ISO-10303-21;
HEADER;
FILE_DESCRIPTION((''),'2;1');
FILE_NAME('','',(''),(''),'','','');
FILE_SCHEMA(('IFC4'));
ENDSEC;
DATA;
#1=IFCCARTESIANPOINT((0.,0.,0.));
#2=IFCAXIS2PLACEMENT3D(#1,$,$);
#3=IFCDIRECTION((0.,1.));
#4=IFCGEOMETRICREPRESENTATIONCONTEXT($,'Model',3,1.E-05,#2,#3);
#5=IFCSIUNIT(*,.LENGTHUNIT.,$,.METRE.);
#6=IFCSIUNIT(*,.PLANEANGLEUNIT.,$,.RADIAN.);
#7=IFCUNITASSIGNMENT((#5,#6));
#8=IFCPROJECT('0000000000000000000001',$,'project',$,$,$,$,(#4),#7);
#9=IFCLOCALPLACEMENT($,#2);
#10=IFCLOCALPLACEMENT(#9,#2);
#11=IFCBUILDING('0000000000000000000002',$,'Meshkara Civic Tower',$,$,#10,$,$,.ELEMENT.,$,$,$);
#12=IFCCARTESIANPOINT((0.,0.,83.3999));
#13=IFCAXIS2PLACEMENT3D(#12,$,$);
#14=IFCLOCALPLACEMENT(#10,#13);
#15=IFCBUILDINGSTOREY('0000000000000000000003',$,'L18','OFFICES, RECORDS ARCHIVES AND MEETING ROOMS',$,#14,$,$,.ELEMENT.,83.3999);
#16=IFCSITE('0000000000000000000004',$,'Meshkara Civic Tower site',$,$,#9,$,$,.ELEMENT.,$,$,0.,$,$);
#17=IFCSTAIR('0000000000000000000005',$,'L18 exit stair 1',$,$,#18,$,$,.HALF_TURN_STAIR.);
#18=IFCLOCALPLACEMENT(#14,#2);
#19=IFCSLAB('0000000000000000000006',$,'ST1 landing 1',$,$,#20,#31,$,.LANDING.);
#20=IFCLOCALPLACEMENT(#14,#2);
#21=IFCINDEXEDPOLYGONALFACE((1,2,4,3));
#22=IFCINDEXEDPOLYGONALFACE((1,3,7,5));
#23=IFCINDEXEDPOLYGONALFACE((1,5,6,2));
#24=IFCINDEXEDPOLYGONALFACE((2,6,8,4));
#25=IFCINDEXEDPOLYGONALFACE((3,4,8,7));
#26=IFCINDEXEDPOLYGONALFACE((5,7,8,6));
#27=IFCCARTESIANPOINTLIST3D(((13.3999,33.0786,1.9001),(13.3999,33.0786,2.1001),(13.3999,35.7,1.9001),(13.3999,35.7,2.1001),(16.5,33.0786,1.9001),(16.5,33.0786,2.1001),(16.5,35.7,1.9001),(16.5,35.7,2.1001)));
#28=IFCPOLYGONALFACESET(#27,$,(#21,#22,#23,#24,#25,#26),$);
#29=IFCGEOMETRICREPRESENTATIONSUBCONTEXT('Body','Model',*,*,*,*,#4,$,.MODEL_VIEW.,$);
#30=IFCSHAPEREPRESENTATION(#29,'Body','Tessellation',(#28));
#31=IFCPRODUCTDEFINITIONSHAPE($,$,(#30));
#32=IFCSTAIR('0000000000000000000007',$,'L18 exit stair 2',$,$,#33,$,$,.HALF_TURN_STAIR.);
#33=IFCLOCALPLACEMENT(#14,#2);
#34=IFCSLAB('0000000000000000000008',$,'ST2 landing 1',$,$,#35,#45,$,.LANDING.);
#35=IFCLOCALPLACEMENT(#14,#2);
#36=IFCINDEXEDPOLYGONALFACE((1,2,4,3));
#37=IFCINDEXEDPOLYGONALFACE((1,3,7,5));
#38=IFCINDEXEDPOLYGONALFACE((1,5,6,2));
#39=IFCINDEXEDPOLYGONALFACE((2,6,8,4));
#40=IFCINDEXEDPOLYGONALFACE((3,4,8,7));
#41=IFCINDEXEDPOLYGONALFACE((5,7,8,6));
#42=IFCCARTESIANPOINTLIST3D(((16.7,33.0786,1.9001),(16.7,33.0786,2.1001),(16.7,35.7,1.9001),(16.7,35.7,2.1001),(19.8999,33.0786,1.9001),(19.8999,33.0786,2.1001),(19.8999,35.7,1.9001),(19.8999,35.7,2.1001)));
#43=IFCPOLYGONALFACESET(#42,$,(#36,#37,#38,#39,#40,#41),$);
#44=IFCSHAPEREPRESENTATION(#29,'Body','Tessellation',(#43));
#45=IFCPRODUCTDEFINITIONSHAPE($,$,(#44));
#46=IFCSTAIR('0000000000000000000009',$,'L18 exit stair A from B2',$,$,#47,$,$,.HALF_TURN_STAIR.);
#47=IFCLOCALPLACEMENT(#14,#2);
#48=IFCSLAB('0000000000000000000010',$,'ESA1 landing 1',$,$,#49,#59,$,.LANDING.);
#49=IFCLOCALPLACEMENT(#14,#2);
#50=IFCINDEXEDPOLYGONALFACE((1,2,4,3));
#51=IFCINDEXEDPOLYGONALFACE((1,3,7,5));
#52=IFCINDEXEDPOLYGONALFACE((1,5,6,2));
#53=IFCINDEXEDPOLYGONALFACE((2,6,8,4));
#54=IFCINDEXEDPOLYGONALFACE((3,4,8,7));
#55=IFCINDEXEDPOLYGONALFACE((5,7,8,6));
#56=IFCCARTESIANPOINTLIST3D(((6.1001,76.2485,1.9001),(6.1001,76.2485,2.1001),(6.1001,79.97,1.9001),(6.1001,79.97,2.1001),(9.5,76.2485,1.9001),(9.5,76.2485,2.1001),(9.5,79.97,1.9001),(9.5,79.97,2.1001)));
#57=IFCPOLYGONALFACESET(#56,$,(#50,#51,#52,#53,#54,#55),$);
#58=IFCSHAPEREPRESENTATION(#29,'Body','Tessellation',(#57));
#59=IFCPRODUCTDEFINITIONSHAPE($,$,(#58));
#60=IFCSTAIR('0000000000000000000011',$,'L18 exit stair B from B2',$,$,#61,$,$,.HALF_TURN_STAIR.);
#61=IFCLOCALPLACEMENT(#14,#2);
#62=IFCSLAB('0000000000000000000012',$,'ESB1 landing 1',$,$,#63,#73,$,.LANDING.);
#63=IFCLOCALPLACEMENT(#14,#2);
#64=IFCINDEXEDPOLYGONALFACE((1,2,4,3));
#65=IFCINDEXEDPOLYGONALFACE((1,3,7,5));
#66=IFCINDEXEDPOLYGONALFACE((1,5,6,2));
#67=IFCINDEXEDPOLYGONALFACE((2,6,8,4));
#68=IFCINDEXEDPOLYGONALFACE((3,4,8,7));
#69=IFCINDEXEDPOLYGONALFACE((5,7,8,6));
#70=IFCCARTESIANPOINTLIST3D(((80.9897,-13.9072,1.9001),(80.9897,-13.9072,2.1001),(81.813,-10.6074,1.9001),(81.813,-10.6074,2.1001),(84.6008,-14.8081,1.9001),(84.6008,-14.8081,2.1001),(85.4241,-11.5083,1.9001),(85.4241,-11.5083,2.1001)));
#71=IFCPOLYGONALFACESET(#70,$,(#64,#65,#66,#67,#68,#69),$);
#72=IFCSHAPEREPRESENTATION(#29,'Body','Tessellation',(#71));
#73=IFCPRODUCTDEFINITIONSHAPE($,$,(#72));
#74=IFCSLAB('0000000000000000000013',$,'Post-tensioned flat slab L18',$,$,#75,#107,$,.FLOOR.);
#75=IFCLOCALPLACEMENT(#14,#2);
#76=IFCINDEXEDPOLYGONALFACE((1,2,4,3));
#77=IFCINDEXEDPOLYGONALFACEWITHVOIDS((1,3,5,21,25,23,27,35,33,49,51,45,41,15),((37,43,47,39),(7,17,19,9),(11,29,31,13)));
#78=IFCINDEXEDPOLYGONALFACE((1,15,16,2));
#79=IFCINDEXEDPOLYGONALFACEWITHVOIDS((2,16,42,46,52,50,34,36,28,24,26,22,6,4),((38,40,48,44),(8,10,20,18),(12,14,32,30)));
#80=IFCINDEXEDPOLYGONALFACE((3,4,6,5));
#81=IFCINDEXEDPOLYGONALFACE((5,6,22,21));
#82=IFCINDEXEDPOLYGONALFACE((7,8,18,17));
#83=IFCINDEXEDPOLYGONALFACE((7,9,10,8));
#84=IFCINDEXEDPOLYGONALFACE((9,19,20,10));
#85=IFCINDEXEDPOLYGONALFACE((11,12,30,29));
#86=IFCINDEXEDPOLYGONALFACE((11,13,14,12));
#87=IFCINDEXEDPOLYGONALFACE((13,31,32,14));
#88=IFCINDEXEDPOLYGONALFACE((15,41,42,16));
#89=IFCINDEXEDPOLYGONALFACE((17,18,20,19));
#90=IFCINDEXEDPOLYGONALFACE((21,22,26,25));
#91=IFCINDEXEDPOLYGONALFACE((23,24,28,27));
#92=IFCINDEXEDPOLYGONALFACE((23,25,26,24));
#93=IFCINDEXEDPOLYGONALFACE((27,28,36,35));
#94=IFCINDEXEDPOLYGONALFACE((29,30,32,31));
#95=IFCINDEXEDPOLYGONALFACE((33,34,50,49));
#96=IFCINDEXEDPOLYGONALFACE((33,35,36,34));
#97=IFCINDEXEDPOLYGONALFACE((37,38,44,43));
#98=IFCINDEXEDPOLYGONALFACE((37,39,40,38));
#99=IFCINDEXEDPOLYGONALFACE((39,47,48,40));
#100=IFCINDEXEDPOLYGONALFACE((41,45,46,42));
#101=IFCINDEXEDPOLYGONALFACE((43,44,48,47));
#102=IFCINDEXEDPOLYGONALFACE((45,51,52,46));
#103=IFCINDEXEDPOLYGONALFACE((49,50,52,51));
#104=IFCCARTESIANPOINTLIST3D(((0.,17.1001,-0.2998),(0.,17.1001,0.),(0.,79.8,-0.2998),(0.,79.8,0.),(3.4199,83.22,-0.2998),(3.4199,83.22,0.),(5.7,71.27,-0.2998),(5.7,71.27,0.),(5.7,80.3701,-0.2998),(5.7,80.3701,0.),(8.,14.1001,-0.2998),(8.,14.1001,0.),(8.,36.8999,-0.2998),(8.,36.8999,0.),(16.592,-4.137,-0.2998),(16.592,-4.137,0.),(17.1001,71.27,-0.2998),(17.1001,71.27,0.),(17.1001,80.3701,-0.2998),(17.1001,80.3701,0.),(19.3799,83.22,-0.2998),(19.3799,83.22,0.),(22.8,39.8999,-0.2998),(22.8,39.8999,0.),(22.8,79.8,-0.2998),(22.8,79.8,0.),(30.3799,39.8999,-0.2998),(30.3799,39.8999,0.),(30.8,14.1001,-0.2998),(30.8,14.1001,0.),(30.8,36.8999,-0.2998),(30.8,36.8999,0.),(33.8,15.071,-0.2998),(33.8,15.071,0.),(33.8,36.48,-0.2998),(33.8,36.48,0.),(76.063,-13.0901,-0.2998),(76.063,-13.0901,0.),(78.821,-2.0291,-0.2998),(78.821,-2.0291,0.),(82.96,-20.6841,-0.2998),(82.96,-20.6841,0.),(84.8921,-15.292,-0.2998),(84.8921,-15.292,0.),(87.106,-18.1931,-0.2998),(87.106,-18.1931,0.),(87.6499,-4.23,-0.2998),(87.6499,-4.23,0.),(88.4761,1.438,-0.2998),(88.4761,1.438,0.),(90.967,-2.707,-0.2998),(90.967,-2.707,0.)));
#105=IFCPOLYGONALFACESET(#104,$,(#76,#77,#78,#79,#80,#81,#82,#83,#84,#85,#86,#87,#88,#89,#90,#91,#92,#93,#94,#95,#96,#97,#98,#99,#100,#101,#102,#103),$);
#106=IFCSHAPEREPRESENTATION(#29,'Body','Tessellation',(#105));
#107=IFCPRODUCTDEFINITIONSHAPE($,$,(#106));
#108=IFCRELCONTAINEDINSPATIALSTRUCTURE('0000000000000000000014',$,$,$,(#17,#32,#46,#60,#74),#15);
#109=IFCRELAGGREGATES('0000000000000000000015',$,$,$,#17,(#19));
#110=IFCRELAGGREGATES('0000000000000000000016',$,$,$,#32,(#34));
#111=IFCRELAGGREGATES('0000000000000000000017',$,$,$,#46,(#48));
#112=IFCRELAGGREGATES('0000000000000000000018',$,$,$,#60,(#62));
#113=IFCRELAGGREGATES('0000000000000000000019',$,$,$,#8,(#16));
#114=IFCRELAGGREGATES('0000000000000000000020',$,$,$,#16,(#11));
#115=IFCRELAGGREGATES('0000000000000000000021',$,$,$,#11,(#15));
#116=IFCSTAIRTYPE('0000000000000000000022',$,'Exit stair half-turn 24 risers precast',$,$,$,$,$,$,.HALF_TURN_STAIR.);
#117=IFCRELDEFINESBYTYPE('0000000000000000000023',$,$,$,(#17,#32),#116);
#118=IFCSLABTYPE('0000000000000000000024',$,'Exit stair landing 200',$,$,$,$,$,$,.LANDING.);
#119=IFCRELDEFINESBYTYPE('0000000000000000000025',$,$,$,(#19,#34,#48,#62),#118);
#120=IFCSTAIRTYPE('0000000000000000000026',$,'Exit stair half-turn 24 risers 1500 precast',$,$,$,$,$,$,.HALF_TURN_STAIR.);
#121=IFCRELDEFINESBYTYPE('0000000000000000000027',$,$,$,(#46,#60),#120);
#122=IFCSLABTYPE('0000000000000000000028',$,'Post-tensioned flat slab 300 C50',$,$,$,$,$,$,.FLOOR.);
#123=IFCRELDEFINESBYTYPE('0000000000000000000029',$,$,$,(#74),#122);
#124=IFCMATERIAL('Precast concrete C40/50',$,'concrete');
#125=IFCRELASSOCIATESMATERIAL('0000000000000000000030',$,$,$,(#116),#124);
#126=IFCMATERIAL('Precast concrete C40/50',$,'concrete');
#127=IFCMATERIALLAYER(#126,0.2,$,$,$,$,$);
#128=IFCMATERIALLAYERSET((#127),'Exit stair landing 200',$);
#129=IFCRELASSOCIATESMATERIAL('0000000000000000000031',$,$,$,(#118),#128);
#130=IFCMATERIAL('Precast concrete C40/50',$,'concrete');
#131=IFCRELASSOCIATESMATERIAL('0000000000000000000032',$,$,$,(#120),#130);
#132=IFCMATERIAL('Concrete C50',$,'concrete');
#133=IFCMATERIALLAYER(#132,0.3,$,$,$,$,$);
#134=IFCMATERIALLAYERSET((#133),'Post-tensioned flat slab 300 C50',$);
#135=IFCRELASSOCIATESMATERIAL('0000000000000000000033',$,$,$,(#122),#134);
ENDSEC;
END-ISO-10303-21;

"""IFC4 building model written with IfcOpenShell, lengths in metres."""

from ifc_helpers import new_model, si_unit, direction, frame, origin, place, context, subcontext, project, spatial, polyline, outline, extrude, material, layer, layer_set, type_object, element, aggregate, save


model = new_model("IFC4")

# Units and contexts
model_context = context("Model", 3, precision=1e-05, world=origin(), true_north=direction((0.0, 1.0)))
body_context = subcontext(model_context, "Body", "Model", "MODEL_VIEW")
ifc_project = project(units=[si_unit("LENGTHUNIT", "METRE"), si_unit("PLANEANGLEUNIT", "RADIAN")], contexts=[model_context])

# Site, building, storey
site_placement = place(None, origin())
site = spatial("IfcSite", under=ifc_project, at=site_placement, Name="Meshkara Civic Tower site", CompositionType="ELEMENT", RefElevation=0.0)
building_placement = place(site_placement, origin())
building = spatial("IfcBuilding", under=site, at=building_placement, Name="Meshkara Civic Tower", CompositionType="ELEMENT")
storey_placement = place(building_placement, frame((0.0, 0.0, 83.3999)))
storey = spatial("IfcBuildingStorey", under=building, at=storey_placement, Name="L18", Description="OFFICES, RECORDS ARCHIVES AND MEETING ROOMS", CompositionType="ELEMENT", Elevation=83.3999)

# Stairs, slabs
ifc_material_1 = material(Name="Precast concrete C40/50", Category="concrete")
stair_type_1 = type_object("IfcStairType", Name="Exit stair half-turn 24 risers precast", PredefinedType="HALF_TURN_STAIR", material=ifc_material_1)
stair_1_placement = place(storey_placement, origin())
stair_1 = element("IfcStair", 1, at=stair_1_placement, inside=storey, type_object=stair_type_1, Name="L18 exit stair 1", PredefinedType="HALF_TURN_STAIR")
ifc_material_2 = material(Name="Precast concrete C40/50", Category="concrete")
ifc_layer_1 = layer(ifc_material_2, 0.2)
ifc_layer_set_1 = layer_set([ifc_layer_1], Name="Exit stair landing 200")
slab_type_1 = type_object("IfcSlabType", Name="Exit stair landing 200", PredefinedType="LANDING", material=ifc_layer_set_1)
slab_1_placement = place(storey_placement, frame((0.0, 0.0, 1.9001)))
slab_1 = element("IfcSlab", 2, at=slab_1_placement, type_object=slab_type_1, Name="ST1 landing 1", PredefinedType="LANDING", context=body_context, shape_type="SweptSolid", body=[
    extrude(outline(polyline([(16.5, 33.0786), (16.5, 35.7), (13.3999, 35.7), (13.3999, 33.0786), (16.5, 33.0786)])), origin(), (0.0, 0.0, 1.0), 0.2),
])
aggregate(stair_1, [slab_1])
stair_2_placement = place(storey_placement, origin())
stair_2 = element("IfcStair", 3, at=stair_2_placement, inside=storey, type_object=stair_type_1, Name="L18 exit stair 2", PredefinedType="HALF_TURN_STAIR")
slab_2_placement = place(storey_placement, frame((0.0, 0.0, 1.9001)))
slab_2 = element("IfcSlab", 4, at=slab_2_placement, type_object=slab_type_1, Name="ST2 landing 1", PredefinedType="LANDING", context=body_context, shape_type="SweptSolid", body=[
    extrude(outline(polyline([(19.8999, 33.0786), (19.8999, 35.7), (16.7, 35.7), (16.7, 33.0786), (19.8999, 33.0786)])), origin(), (0.0, 0.0, 1.0), 0.2),
])
aggregate(stair_2, [slab_2])
ifc_material_3 = material(Name="Precast concrete C40/50", Category="concrete")
stair_type_2 = type_object("IfcStairType", Name="Exit stair half-turn 24 risers 1500 precast", PredefinedType="HALF_TURN_STAIR", material=ifc_material_3)
stair_3_placement = place(storey_placement, origin())
stair_3 = element("IfcStair", 5, at=stair_3_placement, inside=storey, type_object=stair_type_2, Name="L18 exit stair A from B2", PredefinedType="HALF_TURN_STAIR")
slab_3_placement = place(storey_placement, frame((0.0, 0.0, 1.9001)))
slab_3 = element("IfcSlab", 6, at=slab_3_placement, type_object=slab_type_1, Name="ESA1 landing 1", PredefinedType="LANDING", context=body_context, shape_type="SweptSolid", body=[
    extrude(outline(polyline([(9.5, 76.2485), (9.5, 79.97), (6.1001, 79.97), (6.1001, 76.2485), (9.5, 76.2485)])), origin(), (0.0, 0.0, 1.0), 0.2),
])
aggregate(stair_3, [slab_3])
stair_4_placement = place(storey_placement, origin())
stair_4 = element("IfcStair", 7, at=stair_4_placement, inside=storey, type_object=stair_type_2, Name="L18 exit stair B from B2", PredefinedType="HALF_TURN_STAIR")
slab_4_placement = place(storey_placement, frame((0.0, 0.0, 1.9001)))
slab_4 = element("IfcSlab", 8, at=slab_4_placement, type_object=slab_type_1, Name="ESB1 landing 1", PredefinedType="LANDING", context=body_context, shape_type="SweptSolid", body=[
    extrude(outline(polyline([(80.9897, -13.9072), (84.6008, -14.8081), (85.4241, -11.5083), (81.813, -10.6074), (80.9897, -13.9072)])), origin(), (0.0, 0.0, 1.0), 0.2),
])
aggregate(stair_4, [slab_4])

# Slab
ifc_material_4 = material(Name="Concrete C50", Category="concrete")
ifc_layer_2 = layer(ifc_material_4, 0.3)
ifc_layer_set_2 = layer_set([ifc_layer_2], Name="Post-tensioned flat slab 300 C50")
slab_type_2 = type_object("IfcSlabType", Name="Post-tensioned flat slab 300 C50", PredefinedType="FLOOR", material=ifc_layer_set_2)
slab_5_placement = place(storey_placement, frame((0.0, 0.0, -0.2998)))
element("IfcSlab", 9, at=slab_5_placement, inside=storey, type_object=slab_type_2, Name="Post-tensioned flat slab L18", PredefinedType="FLOOR", context=body_context, shape_type="SweptSolid", body=[
    extrude(outline(polyline([(87.106, -18.1931), (82.96, -20.6841), (16.592, -4.137), (0.0, 17.1001), (0.0, 79.8), (3.4199, 83.22), (19.3799, 83.22), (22.8, 79.8), (22.8, 39.8999), (30.3799, 39.8999), (33.8, 36.48), (33.8, 15.071), (88.4761, 1.438), (90.967, -2.707), (87.106, -18.1931)]), holes=[polyline([(84.8921, -15.292), (87.6499, -4.23), (78.821, -2.0291), (76.063, -13.0901), (84.8921, -15.292)]), polyline([(8.0, 14.1001), (30.8, 14.1001), (30.8, 36.8999), (8.0, 36.8999), (8.0, 14.1001)]), polyline([(5.7, 80.3701), (5.7, 71.27), (17.1001, 71.27), (17.1001, 80.3701), (5.7, 80.3701)])]), origin(), (0.0, 0.0, 1.0), 0.2998),
])

save(model, "model.ifc")
